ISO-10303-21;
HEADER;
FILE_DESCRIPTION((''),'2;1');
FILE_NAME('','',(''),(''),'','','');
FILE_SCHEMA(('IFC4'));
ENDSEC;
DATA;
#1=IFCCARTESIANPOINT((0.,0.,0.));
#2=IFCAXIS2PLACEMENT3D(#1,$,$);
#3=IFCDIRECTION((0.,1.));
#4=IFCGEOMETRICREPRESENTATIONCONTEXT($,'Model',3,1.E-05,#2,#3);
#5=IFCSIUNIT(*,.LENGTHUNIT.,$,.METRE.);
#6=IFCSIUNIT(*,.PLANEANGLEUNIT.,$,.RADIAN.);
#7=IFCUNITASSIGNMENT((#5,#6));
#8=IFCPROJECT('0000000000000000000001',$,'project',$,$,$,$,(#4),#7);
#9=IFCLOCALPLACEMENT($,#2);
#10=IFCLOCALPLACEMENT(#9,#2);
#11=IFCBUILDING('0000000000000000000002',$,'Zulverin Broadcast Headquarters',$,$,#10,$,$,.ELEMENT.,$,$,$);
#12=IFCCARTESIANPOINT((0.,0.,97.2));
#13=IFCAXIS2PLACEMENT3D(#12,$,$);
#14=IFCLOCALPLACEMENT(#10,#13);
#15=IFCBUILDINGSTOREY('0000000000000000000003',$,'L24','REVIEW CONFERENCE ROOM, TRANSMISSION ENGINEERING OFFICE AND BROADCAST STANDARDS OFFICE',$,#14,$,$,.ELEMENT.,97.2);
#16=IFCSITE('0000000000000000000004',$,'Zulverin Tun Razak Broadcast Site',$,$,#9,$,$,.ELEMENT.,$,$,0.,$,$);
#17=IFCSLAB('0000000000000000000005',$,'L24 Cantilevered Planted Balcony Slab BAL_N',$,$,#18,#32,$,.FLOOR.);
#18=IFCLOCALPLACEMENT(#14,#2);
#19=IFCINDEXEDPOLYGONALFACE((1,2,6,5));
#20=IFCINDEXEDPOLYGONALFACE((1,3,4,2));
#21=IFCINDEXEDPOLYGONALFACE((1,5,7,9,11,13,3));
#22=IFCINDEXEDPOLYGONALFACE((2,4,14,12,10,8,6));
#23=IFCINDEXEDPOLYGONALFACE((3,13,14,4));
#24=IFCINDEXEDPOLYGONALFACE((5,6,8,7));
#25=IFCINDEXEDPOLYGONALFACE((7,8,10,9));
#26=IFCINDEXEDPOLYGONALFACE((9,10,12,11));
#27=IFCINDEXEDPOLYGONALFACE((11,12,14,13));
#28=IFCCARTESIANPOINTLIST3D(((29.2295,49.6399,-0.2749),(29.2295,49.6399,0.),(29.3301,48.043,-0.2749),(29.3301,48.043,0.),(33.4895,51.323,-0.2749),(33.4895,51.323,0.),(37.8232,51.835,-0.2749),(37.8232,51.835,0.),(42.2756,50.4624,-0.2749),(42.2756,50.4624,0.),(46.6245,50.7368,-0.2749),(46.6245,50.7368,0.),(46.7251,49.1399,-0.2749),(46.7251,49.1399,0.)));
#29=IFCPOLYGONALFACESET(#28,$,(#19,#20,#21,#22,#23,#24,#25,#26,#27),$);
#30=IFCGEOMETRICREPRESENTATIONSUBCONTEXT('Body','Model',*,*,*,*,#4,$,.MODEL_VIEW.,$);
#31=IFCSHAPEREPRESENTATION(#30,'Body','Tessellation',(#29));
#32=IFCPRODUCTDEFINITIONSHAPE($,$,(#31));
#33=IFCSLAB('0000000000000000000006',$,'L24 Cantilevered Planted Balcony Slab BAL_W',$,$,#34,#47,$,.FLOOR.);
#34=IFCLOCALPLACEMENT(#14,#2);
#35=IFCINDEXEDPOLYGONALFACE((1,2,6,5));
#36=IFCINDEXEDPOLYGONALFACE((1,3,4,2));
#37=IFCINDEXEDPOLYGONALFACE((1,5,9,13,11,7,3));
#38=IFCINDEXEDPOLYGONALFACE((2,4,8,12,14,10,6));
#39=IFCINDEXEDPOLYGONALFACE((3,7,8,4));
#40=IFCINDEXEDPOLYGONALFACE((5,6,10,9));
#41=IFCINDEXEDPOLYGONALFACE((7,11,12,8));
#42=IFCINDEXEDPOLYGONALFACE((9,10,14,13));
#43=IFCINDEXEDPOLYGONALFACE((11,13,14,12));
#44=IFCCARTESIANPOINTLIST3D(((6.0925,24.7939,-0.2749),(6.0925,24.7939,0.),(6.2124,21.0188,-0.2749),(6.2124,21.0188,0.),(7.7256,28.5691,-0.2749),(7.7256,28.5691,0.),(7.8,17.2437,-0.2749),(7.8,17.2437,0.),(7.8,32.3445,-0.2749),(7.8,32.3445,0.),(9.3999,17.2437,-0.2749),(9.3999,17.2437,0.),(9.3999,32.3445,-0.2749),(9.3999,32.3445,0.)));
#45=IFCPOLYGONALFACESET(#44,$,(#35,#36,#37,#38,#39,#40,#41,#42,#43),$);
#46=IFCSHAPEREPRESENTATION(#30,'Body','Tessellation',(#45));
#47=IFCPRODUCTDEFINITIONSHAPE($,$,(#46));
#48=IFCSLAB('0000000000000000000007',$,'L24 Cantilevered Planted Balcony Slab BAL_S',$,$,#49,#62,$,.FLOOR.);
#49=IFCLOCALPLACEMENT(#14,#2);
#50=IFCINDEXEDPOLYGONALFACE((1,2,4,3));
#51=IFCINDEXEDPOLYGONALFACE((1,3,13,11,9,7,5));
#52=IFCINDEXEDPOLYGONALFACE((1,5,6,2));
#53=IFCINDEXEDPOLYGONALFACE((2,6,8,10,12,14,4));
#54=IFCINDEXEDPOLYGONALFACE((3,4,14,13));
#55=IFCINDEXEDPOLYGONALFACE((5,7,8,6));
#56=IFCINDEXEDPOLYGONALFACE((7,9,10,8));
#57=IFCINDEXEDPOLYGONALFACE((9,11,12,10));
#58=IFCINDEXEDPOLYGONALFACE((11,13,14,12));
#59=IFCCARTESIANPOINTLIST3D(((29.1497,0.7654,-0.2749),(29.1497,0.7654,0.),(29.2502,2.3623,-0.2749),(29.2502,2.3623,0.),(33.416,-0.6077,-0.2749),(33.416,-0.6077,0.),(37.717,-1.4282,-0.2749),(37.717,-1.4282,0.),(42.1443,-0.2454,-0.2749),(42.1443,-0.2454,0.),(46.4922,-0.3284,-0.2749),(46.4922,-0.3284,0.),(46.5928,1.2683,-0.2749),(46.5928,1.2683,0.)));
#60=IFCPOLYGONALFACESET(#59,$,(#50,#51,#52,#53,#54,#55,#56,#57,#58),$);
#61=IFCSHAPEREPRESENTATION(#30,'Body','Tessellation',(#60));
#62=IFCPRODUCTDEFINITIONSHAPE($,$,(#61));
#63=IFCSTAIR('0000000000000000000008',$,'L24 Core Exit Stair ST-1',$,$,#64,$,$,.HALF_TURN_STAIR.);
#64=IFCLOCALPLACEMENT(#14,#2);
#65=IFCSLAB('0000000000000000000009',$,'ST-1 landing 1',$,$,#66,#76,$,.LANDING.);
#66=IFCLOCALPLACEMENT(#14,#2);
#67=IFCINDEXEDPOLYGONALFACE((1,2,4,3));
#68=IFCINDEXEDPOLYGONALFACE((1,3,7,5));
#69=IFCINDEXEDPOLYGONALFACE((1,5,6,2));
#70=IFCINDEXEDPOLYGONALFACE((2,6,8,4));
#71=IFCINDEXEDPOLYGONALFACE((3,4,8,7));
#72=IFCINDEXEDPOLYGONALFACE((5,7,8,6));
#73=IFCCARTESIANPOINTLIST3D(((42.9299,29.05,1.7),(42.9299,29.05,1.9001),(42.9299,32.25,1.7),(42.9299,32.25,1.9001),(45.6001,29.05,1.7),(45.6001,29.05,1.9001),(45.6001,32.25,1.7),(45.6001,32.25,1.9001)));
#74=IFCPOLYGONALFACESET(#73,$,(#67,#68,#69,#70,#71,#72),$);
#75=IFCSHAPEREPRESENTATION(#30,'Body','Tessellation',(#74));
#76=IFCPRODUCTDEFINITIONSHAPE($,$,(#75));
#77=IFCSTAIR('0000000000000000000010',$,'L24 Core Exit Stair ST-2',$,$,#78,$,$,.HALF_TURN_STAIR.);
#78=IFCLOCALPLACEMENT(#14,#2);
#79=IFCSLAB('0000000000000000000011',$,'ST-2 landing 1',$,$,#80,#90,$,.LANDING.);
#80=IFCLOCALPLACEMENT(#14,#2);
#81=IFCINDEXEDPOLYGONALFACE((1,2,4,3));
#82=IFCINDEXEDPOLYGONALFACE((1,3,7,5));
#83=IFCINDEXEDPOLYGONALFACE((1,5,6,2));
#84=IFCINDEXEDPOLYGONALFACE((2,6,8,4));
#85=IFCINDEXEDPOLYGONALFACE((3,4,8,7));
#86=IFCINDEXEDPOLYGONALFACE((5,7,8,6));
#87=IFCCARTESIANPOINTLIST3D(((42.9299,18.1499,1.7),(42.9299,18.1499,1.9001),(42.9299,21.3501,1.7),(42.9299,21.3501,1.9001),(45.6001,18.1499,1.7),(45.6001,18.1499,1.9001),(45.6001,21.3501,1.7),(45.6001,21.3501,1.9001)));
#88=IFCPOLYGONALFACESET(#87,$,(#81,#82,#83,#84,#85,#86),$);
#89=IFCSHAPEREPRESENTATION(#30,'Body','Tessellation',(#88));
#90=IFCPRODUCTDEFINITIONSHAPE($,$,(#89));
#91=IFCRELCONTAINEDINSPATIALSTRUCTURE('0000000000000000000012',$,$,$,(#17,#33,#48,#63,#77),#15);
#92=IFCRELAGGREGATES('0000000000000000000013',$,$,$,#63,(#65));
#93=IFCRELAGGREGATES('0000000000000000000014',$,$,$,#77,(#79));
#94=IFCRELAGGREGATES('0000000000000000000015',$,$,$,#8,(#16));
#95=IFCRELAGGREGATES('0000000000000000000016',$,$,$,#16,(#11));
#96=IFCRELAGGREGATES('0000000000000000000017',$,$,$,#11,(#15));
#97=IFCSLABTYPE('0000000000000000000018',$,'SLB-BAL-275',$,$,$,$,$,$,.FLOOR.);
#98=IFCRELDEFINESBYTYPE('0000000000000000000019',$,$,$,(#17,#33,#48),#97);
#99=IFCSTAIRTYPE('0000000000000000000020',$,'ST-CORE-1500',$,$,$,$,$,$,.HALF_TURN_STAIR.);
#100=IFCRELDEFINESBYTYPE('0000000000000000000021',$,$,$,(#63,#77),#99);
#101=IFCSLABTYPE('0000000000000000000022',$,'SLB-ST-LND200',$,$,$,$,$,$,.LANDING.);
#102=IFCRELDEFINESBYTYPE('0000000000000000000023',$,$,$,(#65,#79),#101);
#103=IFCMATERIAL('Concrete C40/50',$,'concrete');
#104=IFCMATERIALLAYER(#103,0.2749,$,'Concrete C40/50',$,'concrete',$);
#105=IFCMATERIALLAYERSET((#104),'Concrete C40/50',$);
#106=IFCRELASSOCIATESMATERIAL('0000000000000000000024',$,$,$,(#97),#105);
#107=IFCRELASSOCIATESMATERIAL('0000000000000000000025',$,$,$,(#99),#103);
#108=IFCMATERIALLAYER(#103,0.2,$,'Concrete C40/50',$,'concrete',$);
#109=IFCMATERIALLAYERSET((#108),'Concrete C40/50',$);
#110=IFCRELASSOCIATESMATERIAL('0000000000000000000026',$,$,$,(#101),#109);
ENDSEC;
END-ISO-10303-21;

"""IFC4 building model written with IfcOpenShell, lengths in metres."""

from ifc_helpers import new_model, si_unit, direction, frame, origin, place, context, subcontext, project, spatial, polyline, outline, extrude, material, layer, layer_set, type_object, element, aggregate, save


model = new_model("IFC4")

# Units and contexts
model_context = context("Model", 3, precision=1e-05, world=origin(), true_north=direction((0.0, 1.0)))
body_context = subcontext(model_context, "Body", "Model", "MODEL_VIEW")
ifc_project = project(units=[si_unit("LENGTHUNIT", "METRE"), si_unit("PLANEANGLEUNIT", "RADIAN")], contexts=[model_context])

# Site, building, storey
site_placement = place(None, origin())
site = spatial("IfcSite", under=ifc_project, at=site_placement, Name="Zulverin Tun Razak Broadcast Site", CompositionType="ELEMENT", RefElevation=0.0)
building_placement = place(site_placement, origin())
building = spatial("IfcBuilding", under=site, at=building_placement, Name="Zulverin Broadcast Headquarters", CompositionType="ELEMENT")
storey_placement = place(building_placement, frame((0.0, 0.0, 97.2)))
storey = spatial("IfcBuildingStorey", under=building, at=storey_placement, Name="L24", Description="REVIEW CONFERENCE ROOM, TRANSMISSION ENGINEERING OFFICE AND BROADCAST STANDARDS OFFICE", CompositionType="ELEMENT", Elevation=97.2)

# Slabs
ifc_material_1 = material(Name="Concrete C40/50", Category="concrete")
ifc_layer_1 = layer(ifc_material_1, 0.2749, Name="Concrete C40/50", Category="concrete")
ifc_layer_set_1 = layer_set([ifc_layer_1], Name="Concrete C40/50")
slab_type_1 = type_object("IfcSlabType", Name="SLB-BAL-275", PredefinedType="FLOOR", material=ifc_layer_set_1)
slab_1_placement = place(storey_placement, frame((0.0, 0.0, -0.2749)))
element("IfcSlab", 1, at=slab_1_placement, inside=storey, type_object=slab_type_1, Name="L24 Cantilevered Planted Balcony Slab BAL_N", PredefinedType="FLOOR", context=body_context, shape_type="SweptSolid", body=[
    extrude(outline(polyline([(29.3301, 48.043), (46.7251, 49.1399), (46.6245, 50.7368), (42.2756, 50.4624), (37.8232, 51.835), (33.4895, 51.323), (29.2295, 49.6399), (29.3301, 48.043)])), origin(), (0.0, 0.0, 1.0), 0.2749),
])
slab_2_placement = place(storey_placement, frame((0.0, 0.0, -0.2749)))
element("IfcSlab", 2, at=slab_2_placement, inside=storey, type_object=slab_type_1, Name="L24 Cantilevered Planted Balcony Slab BAL_W", PredefinedType="FLOOR", context=body_context, shape_type="SweptSolid", body=[
    extrude(outline(polyline([(9.3999, 17.2437), (9.3999, 32.3445), (7.8, 32.3445), (7.7256, 28.5691), (6.0925, 24.7939), (6.2124, 21.0188), (7.8, 17.2437), (9.3999, 17.2437)])), origin(), (0.0, 0.0, 1.0), 0.2749),
])
slab_3_placement = place(storey_placement, frame((0.0, 0.0, -0.2749)))
element("IfcSlab", 3, at=slab_3_placement, inside=storey, type_object=slab_type_1, Name="L24 Cantilevered Planted Balcony Slab BAL_S", PredefinedType="FLOOR", context=body_context, shape_type="SweptSolid", body=[
    extrude(outline(polyline([(46.5928, 1.2683), (29.2502, 2.3623), (29.1497, 0.7654), (33.416, -0.6077), (37.717, -1.4282), (42.1443, -0.2454), (46.4922, -0.3284), (46.5928, 1.2683)])), origin(), (0.0, 0.0, 1.0), 0.2749),
])

# Stairs, slabs
stair_type = type_object("IfcStairType", Name="ST-CORE-1500", PredefinedType="HALF_TURN_STAIR", material=ifc_material_1)
stair_1_placement = place(storey_placement, origin())
stair_1 = element("IfcStair", 4, at=stair_1_placement, inside=storey, type_object=stair_type, Name="L24 Core Exit Stair ST-1", PredefinedType="HALF_TURN_STAIR")
ifc_layer_2 = layer(ifc_material_1, 0.2, Name="Concrete C40/50", Category="concrete")
ifc_layer_set_2 = layer_set([ifc_layer_2], Name="Concrete C40/50")
slab_type_2 = type_object("IfcSlabType", Name="SLB-ST-LND200", PredefinedType="LANDING", material=ifc_layer_set_2)
slab_4_placement = place(storey_placement, frame((0.0, 0.0, 1.7)))
slab_4 = element("IfcSlab", 5, at=slab_4_placement, type_object=slab_type_2, Name="ST-1 landing 1", PredefinedType="LANDING", context=body_context, shape_type="SweptSolid", body=[
    extrude(outline(polyline([(42.9299, 29.05), (45.6001, 29.05), (45.6001, 32.25), (42.9299, 32.25), (42.9299, 29.05)])), origin(), (0.0, 0.0, 1.0), 0.2002),
])
aggregate(stair_1, [slab_4])
stair_2_placement = place(storey_placement, origin())
stair_2 = element("IfcStair", 6, at=stair_2_placement, inside=storey, type_object=stair_type, Name="L24 Core Exit Stair ST-2", PredefinedType="HALF_TURN_STAIR")
slab_5_placement = place(storey_placement, frame((0.0, 0.0, 1.7)))
slab_5 = element("IfcSlab", 7, at=slab_5_placement, type_object=slab_type_2, Name="ST-2 landing 1", PredefinedType="LANDING", context=body_context, shape_type="SweptSolid", body=[
    extrude(outline(polyline([(42.9299, 18.1499), (45.6001, 18.1499), (45.6001, 21.3501), (42.9299, 21.3501), (42.9299, 18.1499)])), origin(), (0.0, 0.0, 1.0), 0.2002),
])
aggregate(stair_2, [slab_5])

save(model, "model.ifc")
